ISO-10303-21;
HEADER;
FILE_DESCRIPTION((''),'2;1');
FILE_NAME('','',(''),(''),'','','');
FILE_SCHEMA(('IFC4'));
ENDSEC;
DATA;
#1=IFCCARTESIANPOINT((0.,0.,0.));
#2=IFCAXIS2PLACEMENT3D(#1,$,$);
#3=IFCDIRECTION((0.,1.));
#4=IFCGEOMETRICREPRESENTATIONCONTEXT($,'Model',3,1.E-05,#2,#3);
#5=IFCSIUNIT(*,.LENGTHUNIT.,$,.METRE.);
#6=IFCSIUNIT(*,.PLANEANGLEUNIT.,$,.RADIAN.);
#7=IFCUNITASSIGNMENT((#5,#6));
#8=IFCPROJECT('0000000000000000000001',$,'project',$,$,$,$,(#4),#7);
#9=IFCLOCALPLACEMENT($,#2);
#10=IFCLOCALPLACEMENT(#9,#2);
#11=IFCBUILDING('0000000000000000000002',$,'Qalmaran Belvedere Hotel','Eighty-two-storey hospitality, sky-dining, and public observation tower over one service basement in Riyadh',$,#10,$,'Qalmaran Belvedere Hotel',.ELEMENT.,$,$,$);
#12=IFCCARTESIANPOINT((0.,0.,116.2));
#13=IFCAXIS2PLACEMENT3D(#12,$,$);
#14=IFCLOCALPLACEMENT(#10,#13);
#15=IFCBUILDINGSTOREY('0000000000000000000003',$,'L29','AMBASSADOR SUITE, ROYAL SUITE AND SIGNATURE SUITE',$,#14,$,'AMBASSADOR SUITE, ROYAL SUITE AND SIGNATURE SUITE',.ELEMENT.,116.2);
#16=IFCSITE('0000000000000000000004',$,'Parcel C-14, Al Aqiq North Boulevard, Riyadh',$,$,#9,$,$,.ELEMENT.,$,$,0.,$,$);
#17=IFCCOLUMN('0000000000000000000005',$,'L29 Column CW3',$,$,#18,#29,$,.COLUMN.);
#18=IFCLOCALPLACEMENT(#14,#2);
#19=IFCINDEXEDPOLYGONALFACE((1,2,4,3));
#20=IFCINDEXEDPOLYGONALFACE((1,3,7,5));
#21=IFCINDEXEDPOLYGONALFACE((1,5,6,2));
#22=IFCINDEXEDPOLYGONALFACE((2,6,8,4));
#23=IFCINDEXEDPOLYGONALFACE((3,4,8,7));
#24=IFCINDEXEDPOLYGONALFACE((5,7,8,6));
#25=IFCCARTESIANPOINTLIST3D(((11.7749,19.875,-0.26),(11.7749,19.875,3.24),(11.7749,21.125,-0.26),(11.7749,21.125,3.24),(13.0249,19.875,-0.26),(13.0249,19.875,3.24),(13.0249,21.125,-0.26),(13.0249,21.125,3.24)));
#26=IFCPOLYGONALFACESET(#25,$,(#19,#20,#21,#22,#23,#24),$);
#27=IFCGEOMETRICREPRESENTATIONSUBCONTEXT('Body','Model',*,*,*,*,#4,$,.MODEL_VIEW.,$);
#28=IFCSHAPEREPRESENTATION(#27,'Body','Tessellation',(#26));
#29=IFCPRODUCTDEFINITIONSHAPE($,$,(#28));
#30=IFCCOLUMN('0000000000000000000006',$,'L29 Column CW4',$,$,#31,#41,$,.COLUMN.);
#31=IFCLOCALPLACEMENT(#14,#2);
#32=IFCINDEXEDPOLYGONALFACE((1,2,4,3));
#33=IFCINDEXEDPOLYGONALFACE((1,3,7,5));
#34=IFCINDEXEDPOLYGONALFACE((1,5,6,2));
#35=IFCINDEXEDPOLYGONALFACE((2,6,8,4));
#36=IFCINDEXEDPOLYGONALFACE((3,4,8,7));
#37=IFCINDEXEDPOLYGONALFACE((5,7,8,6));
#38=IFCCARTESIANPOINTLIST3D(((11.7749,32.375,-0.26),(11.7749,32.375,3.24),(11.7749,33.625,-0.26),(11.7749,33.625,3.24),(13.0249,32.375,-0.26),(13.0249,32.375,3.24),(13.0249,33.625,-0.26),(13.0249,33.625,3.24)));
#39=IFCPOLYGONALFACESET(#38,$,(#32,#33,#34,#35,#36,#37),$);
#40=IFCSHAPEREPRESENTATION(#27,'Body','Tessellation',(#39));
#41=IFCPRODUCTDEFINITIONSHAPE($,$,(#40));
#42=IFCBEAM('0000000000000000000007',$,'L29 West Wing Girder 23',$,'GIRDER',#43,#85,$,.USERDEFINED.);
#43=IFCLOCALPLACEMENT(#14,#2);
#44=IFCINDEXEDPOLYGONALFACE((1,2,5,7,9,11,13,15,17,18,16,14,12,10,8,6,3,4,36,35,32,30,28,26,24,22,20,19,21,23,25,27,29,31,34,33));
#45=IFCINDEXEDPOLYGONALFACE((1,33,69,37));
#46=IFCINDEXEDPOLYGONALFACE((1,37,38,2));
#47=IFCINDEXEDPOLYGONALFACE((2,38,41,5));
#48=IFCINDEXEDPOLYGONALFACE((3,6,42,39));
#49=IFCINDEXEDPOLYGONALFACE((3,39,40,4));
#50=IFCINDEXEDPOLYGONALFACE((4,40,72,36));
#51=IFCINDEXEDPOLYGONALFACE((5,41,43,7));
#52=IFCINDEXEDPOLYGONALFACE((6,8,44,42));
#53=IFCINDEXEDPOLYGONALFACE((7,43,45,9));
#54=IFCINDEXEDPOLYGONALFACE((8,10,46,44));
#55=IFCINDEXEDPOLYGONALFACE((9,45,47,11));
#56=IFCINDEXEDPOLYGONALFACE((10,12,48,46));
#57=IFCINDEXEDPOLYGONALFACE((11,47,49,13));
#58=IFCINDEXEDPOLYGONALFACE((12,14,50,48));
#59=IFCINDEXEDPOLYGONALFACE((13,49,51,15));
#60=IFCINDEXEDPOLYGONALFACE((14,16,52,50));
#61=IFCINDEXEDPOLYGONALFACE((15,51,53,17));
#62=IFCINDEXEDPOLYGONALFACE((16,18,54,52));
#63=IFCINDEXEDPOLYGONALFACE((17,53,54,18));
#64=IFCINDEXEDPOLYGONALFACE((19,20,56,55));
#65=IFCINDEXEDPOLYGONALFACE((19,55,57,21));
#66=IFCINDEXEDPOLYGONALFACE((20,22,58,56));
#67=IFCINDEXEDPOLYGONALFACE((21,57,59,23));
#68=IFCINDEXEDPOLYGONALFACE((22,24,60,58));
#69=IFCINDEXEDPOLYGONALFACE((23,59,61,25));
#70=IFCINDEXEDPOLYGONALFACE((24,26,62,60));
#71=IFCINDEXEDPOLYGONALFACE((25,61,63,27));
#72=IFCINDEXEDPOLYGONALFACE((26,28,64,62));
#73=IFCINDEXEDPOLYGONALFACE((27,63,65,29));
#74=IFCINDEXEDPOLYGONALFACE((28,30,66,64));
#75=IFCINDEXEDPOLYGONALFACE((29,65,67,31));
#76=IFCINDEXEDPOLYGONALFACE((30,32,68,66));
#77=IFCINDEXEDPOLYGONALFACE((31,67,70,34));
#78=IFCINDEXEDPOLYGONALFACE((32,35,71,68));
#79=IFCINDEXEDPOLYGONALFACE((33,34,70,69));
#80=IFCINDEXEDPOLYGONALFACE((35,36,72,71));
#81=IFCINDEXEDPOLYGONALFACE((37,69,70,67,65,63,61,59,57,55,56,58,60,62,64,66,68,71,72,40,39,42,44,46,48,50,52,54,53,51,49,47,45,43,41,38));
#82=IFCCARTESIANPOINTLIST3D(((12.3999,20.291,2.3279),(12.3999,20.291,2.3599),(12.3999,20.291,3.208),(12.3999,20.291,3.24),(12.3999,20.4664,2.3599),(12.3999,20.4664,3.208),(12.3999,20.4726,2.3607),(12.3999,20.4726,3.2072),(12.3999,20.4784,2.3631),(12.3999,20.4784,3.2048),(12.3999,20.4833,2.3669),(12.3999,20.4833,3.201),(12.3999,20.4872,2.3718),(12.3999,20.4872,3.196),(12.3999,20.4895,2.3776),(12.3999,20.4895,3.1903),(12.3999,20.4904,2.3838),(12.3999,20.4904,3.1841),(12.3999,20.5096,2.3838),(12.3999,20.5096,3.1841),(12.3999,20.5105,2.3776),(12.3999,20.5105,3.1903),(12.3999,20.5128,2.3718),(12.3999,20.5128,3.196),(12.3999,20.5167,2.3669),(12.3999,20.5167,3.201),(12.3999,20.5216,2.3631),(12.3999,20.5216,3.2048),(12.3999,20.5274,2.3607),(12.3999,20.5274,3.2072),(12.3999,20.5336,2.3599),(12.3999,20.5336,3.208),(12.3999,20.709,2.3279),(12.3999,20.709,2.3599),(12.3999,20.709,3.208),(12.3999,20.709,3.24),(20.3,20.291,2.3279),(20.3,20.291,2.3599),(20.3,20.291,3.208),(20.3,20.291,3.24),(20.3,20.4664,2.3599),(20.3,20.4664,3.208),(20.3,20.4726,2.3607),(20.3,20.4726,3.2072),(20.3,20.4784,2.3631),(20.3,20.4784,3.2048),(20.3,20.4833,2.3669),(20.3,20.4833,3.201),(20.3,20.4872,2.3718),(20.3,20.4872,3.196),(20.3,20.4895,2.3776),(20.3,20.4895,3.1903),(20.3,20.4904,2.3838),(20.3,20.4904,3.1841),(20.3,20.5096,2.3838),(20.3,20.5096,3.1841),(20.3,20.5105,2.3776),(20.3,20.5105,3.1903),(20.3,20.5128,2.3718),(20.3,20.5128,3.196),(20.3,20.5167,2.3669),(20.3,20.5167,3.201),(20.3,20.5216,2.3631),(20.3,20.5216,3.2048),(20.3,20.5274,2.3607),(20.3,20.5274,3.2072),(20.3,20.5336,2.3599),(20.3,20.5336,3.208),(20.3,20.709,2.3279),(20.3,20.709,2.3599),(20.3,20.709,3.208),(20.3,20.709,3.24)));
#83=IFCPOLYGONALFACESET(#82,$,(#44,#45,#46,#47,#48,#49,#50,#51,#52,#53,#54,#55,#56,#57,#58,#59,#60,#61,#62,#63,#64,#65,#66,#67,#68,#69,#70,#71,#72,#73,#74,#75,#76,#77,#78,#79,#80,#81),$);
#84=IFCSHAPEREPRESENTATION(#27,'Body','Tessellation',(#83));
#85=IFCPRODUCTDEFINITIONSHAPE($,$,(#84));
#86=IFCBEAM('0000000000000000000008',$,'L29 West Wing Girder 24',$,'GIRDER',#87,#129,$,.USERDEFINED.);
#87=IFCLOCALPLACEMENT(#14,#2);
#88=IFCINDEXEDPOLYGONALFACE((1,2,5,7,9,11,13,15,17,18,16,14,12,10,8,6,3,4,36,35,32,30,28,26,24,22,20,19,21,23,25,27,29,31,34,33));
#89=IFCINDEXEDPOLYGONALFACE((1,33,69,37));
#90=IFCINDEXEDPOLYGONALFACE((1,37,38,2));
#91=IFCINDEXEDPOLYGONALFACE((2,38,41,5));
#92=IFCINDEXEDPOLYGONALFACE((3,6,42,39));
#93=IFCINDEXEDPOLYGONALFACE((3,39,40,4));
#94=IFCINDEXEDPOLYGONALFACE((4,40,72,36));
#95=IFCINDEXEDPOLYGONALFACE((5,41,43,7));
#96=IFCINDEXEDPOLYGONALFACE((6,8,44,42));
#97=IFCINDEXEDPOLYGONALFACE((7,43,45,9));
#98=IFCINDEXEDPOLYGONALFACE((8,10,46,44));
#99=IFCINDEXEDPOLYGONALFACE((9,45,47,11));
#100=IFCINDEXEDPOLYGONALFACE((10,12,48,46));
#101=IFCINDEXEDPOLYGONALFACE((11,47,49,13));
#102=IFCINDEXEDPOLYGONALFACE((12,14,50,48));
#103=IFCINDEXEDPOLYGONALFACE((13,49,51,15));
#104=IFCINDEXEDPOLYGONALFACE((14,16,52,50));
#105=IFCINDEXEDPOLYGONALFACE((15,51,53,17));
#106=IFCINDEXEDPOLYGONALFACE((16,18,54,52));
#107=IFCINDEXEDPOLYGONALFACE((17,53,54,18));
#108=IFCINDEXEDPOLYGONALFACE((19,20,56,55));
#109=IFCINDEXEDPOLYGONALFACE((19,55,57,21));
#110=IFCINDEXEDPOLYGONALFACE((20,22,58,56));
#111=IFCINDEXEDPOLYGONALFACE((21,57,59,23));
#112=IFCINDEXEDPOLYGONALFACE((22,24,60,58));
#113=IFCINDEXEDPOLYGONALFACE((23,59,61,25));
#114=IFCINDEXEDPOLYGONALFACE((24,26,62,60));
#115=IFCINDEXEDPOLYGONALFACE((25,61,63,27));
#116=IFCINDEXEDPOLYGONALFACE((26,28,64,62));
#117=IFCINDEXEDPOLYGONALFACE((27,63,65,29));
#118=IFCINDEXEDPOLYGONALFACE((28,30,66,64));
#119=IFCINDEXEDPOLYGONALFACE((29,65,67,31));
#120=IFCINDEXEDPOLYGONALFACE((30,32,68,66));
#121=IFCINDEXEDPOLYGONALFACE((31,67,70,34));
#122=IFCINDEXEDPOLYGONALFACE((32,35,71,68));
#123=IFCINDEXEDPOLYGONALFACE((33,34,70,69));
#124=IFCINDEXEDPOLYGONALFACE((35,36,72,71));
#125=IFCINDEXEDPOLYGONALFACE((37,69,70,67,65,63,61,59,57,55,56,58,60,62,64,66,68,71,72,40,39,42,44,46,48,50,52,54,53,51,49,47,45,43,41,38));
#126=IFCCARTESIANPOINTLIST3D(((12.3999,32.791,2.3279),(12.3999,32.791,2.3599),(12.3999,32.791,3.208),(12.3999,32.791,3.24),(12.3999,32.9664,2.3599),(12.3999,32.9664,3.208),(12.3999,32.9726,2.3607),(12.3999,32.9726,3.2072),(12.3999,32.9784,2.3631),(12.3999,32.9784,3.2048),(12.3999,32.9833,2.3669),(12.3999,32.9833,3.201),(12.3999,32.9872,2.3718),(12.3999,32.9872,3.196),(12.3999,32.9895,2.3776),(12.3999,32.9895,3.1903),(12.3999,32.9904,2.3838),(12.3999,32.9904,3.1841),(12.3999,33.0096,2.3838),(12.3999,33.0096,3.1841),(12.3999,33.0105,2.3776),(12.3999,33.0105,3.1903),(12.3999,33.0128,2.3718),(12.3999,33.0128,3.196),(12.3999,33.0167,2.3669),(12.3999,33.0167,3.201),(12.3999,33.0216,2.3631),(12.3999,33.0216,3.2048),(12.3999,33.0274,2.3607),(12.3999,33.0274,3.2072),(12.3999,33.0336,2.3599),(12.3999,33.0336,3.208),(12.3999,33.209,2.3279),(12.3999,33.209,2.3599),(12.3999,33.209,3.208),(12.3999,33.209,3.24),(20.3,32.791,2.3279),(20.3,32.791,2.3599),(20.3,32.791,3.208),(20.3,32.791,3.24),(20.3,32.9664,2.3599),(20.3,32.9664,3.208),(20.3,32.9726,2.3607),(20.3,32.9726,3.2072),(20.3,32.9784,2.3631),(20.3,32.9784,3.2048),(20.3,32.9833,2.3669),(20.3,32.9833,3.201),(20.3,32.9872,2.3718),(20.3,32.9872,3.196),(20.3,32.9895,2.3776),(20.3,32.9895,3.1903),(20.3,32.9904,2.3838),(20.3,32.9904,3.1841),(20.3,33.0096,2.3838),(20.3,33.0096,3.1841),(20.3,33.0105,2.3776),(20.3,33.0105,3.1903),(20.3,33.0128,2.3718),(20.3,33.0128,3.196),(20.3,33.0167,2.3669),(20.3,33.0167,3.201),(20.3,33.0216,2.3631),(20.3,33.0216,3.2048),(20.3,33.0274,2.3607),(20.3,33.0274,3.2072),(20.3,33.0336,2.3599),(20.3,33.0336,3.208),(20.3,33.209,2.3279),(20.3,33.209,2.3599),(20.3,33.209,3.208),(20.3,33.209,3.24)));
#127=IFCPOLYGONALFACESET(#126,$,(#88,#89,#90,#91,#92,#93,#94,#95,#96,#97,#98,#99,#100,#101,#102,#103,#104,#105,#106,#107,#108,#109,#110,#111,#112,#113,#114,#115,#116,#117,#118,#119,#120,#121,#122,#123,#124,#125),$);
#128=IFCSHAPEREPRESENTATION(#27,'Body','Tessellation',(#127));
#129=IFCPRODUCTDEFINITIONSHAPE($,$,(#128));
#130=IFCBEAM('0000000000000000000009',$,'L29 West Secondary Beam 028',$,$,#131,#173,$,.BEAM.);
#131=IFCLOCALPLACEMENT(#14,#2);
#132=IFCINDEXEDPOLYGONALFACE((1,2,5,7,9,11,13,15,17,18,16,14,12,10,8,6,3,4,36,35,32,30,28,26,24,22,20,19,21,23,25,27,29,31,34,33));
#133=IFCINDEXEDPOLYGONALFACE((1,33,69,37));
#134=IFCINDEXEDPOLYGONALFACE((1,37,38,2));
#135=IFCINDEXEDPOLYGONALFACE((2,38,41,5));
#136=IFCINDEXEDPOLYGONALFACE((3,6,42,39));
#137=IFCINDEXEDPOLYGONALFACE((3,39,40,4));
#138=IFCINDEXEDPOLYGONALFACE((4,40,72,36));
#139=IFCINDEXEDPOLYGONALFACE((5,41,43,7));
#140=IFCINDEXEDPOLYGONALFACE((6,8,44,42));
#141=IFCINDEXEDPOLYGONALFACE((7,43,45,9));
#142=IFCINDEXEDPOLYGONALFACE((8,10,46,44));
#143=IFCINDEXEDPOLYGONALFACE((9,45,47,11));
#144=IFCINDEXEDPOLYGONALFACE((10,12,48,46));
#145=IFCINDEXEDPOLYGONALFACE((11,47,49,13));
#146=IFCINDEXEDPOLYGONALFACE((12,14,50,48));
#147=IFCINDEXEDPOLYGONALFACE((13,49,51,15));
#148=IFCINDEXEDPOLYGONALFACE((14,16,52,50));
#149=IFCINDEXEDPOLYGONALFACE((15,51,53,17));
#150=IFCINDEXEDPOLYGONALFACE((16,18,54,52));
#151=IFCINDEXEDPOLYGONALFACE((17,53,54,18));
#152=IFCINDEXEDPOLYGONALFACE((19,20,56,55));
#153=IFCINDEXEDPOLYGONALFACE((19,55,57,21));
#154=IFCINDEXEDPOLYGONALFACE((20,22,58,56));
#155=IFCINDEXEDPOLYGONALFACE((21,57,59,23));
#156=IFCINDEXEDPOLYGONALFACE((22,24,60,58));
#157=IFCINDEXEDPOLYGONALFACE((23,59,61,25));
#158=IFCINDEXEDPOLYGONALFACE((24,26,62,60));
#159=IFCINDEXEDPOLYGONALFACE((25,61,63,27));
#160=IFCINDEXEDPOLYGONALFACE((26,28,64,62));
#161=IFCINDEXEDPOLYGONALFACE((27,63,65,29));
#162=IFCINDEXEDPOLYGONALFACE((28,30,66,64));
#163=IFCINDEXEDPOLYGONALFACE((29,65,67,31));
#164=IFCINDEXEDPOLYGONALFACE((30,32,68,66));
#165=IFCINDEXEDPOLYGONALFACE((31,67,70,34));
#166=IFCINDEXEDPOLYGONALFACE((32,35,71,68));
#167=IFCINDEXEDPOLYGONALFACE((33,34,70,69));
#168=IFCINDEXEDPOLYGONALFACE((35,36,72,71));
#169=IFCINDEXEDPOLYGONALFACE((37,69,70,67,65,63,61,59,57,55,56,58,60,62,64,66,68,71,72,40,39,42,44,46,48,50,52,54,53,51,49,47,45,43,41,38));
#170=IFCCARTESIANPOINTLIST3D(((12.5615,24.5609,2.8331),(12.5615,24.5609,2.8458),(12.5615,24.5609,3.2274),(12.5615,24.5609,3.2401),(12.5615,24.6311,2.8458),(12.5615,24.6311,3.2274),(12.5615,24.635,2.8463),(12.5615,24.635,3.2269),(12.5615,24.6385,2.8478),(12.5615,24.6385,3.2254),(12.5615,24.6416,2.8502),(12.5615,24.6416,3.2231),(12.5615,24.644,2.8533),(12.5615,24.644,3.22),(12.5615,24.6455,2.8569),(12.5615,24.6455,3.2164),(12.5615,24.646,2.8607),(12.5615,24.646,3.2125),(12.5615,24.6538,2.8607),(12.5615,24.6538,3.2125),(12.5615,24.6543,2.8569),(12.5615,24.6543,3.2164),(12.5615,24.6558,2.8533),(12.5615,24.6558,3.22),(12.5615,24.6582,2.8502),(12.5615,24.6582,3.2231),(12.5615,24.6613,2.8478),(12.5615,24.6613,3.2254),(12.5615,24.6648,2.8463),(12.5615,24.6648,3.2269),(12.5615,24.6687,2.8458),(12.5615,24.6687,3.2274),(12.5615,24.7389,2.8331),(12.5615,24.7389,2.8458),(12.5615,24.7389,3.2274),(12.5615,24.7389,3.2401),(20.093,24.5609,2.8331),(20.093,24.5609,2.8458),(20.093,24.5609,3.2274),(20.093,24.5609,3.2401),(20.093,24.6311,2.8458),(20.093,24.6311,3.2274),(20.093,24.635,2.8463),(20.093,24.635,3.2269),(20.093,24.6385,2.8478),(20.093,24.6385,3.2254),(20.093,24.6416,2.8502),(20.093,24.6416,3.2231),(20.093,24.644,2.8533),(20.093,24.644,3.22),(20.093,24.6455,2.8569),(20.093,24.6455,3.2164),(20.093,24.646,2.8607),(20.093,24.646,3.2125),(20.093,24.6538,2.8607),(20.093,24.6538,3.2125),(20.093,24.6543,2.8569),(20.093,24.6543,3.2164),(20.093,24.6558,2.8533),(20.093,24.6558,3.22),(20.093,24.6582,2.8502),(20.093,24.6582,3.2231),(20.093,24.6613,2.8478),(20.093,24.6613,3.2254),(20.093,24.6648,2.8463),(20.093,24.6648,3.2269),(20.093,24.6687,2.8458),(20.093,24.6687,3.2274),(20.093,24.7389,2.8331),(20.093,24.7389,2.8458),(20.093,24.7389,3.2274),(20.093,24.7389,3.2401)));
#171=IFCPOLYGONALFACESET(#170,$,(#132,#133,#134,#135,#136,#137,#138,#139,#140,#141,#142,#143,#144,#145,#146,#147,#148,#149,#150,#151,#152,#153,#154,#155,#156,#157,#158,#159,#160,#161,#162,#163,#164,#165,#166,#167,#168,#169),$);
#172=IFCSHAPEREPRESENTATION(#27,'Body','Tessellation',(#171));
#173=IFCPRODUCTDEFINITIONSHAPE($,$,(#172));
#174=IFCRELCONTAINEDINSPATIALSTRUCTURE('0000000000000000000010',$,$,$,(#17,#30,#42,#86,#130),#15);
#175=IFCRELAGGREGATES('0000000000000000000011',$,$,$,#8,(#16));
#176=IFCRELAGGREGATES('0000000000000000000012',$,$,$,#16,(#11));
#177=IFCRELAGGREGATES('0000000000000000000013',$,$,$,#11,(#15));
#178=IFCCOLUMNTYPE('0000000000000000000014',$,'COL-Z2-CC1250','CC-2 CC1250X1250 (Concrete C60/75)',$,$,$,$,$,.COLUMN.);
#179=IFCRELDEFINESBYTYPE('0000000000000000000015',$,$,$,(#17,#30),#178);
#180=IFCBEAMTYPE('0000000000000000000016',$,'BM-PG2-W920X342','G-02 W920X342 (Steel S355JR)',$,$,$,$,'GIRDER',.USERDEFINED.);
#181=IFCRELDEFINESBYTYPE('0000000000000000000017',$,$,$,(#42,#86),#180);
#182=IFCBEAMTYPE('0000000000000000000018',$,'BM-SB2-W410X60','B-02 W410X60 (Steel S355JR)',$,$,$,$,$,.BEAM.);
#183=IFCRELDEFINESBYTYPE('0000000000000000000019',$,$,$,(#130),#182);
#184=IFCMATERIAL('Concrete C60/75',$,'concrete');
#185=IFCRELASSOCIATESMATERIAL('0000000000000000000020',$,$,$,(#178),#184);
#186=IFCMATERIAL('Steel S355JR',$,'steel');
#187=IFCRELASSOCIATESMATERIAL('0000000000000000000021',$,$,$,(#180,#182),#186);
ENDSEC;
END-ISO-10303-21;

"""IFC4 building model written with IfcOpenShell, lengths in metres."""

from ifc_helpers import new_model, si_unit, direction, frame, origin, origin_2d, place, context, subcontext, project, spatial, rectangle, i_section, extrude, material, material_profile, profile_set, type_object, element, save


model = new_model("IFC4")

# Units and contexts
model_context = context("Model", 3, precision=1e-05, world=origin(), true_north=direction((0.0, 1.0)))
body_context = subcontext(model_context, "Body", "Model", "MODEL_VIEW")
ifc_project = project(units=[si_unit("LENGTHUNIT", "METRE"), si_unit("PLANEANGLEUNIT", "RADIAN")], contexts=[model_context])

# Site, building, storey
site_placement = place(None, origin())
site = spatial("IfcSite", under=ifc_project, at=site_placement, Name="Parcel C-14, Al Aqiq North Boulevard, Riyadh", CompositionType="ELEMENT", RefElevation=0.0)
building_placement = place(site_placement, origin())
building = spatial("IfcBuilding", under=site, at=building_placement, Name="Qalmaran Belvedere Hotel", Description="Eighty-two-storey hospitality, sky-dining, and public observation tower over one service basement in Riyadh", LongName="Qalmaran Belvedere Hotel", CompositionType="ELEMENT")
storey_placement = place(building_placement, frame((0.0, 0.0, 116.2)))
storey = spatial("IfcBuildingStorey", under=building, at=storey_placement, Name="L29", Description="AMBASSADOR SUITE, ROYAL SUITE AND SIGNATURE SUITE", LongName="AMBASSADOR SUITE, ROYAL SUITE AND SIGNATURE SUITE", CompositionType="ELEMENT", Elevation=116.2)

# Columns
ifc_material_1 = material(Name="Concrete C60/75", Category="concrete")
ifc_material_profile_1 = material_profile(ifc_material_1, rectangle(XDim=1.25, YDim=1.25, at=origin_2d()), Name="CC1250X1250")
ifc_profile_set_1 = profile_set([ifc_material_profile_1], Name="Concrete C60/75")
column_type = type_object("IfcColumnType", Name="COL-Z2-CC1250", Description="CC-2 CC1250X1250 (Concrete C60/75)", PredefinedType="COLUMN", material=ifc_profile_set_1)
for number, where, z_axis, x_axis, name in (
    (1, (12.3999, 20.5, -0.26), (0.0, 0.0, 1.0), (1.0, 0.0, 0.0), "L29 Column CW3"),
    (2, (12.3999, 33.0, -0.26), (0.0, 0.0, 1.0), (1.0, 0.0, 0.0), "L29 Column CW4"),
):
    element("IfcColumn", number, at=place(storey_placement, frame(where, z_axis=z_axis, x_axis=x_axis)), inside=storey, type_object=column_type, Name=name, PredefinedType="COLUMN", context=body_context, shape_type="SweptSolid", body=[
        extrude(rectangle(XDim=1.25, YDim=1.25, at=origin_2d()), origin(), (0.0, 0.0, 1.0), 3.5),
    ])

# Beams
ifc_material_2 = material(Name="Steel S355JR", Category="steel")
ifc_material_profile_2 = material_profile(ifc_material_2, i_section(OverallWidth=0.418, OverallDepth=0.9121, WebThickness=0.0193, FlangeThickness=0.032, FilletRadius=0.0239, at=origin_2d()), Name="W920X342")
ifc_profile_set_2 = profile_set([ifc_material_profile_2], Name="Steel S355JR")
beam_type_1 = type_object("IfcBeamType", Name="BM-PG2-W920X342", Description="G-02 W920X342 (Steel S355JR)", ElementType="GIRDER", PredefinedType="USERDEFINED", material=ifc_profile_set_2)
for number, where, z_axis, x_axis, name in (
    (3, (12.3999, 20.5, 2.7839), (1.0, 0.0, 0.0), (0.0, 1.0, 0.0), "L29 West Wing Girder 23"),
    (4, (12.3999, 33.0, 2.7839), (1.0, 0.0, 0.0), (0.0, 1.0, 0.0), "L29 West Wing Girder 24"),
):
    element("IfcBeam", number, at=place(storey_placement, frame(where, z_axis=z_axis, x_axis=x_axis)), inside=storey, type_object=beam_type_1, Name=name, ObjectType="GIRDER", PredefinedType="USERDEFINED", context=body_context, shape_type="SweptSolid", body=[
        extrude(i_section(OverallWidth=0.418, OverallDepth=0.9121, WebThickness=0.0193, FlangeThickness=0.032, FilletRadius=0.0239, at=origin_2d()), origin(), (0.0, 0.0, 1.0), 7.9001),
    ])
ifc_material_profile_3 = material_profile(ifc_material_2, i_section(OverallWidth=0.178, OverallDepth=0.407, WebThickness=0.0078, FlangeThickness=0.0127, FilletRadius=0.0149, at=origin_2d()), Name="W410X60")
ifc_profile_set_3 = profile_set([ifc_material_profile_3], Name="Steel S355JR")
beam_type_2 = type_object("IfcBeamType", Name="BM-SB2-W410X60", Description="B-02 W410X60 (Steel S355JR)", PredefinedType="BEAM", material=ifc_profile_set_3)
for number, where, z_axis, x_axis, name in (
    (5, (12.5615, 24.6499, 3.0366), (1.0, 0.0, 0.0), (0.0, 1.0, 0.0), "L29 West Secondary Beam 028"),
):
    element("IfcBeam", number, at=place(storey_placement, frame(where, z_axis=z_axis, x_axis=x_axis)), inside=storey, type_object=beam_type_2, Name=name, PredefinedType="BEAM", context=body_context, shape_type="SweptSolid", body=[
        extrude(i_section(OverallWidth=0.178, OverallDepth=0.407, WebThickness=0.0078, FlangeThickness=0.0127, FilletRadius=0.0149, at=origin_2d()), origin(), (0.0, 0.0, 1.0), 7.5315),
    ])

save(model, "model.ifc")
